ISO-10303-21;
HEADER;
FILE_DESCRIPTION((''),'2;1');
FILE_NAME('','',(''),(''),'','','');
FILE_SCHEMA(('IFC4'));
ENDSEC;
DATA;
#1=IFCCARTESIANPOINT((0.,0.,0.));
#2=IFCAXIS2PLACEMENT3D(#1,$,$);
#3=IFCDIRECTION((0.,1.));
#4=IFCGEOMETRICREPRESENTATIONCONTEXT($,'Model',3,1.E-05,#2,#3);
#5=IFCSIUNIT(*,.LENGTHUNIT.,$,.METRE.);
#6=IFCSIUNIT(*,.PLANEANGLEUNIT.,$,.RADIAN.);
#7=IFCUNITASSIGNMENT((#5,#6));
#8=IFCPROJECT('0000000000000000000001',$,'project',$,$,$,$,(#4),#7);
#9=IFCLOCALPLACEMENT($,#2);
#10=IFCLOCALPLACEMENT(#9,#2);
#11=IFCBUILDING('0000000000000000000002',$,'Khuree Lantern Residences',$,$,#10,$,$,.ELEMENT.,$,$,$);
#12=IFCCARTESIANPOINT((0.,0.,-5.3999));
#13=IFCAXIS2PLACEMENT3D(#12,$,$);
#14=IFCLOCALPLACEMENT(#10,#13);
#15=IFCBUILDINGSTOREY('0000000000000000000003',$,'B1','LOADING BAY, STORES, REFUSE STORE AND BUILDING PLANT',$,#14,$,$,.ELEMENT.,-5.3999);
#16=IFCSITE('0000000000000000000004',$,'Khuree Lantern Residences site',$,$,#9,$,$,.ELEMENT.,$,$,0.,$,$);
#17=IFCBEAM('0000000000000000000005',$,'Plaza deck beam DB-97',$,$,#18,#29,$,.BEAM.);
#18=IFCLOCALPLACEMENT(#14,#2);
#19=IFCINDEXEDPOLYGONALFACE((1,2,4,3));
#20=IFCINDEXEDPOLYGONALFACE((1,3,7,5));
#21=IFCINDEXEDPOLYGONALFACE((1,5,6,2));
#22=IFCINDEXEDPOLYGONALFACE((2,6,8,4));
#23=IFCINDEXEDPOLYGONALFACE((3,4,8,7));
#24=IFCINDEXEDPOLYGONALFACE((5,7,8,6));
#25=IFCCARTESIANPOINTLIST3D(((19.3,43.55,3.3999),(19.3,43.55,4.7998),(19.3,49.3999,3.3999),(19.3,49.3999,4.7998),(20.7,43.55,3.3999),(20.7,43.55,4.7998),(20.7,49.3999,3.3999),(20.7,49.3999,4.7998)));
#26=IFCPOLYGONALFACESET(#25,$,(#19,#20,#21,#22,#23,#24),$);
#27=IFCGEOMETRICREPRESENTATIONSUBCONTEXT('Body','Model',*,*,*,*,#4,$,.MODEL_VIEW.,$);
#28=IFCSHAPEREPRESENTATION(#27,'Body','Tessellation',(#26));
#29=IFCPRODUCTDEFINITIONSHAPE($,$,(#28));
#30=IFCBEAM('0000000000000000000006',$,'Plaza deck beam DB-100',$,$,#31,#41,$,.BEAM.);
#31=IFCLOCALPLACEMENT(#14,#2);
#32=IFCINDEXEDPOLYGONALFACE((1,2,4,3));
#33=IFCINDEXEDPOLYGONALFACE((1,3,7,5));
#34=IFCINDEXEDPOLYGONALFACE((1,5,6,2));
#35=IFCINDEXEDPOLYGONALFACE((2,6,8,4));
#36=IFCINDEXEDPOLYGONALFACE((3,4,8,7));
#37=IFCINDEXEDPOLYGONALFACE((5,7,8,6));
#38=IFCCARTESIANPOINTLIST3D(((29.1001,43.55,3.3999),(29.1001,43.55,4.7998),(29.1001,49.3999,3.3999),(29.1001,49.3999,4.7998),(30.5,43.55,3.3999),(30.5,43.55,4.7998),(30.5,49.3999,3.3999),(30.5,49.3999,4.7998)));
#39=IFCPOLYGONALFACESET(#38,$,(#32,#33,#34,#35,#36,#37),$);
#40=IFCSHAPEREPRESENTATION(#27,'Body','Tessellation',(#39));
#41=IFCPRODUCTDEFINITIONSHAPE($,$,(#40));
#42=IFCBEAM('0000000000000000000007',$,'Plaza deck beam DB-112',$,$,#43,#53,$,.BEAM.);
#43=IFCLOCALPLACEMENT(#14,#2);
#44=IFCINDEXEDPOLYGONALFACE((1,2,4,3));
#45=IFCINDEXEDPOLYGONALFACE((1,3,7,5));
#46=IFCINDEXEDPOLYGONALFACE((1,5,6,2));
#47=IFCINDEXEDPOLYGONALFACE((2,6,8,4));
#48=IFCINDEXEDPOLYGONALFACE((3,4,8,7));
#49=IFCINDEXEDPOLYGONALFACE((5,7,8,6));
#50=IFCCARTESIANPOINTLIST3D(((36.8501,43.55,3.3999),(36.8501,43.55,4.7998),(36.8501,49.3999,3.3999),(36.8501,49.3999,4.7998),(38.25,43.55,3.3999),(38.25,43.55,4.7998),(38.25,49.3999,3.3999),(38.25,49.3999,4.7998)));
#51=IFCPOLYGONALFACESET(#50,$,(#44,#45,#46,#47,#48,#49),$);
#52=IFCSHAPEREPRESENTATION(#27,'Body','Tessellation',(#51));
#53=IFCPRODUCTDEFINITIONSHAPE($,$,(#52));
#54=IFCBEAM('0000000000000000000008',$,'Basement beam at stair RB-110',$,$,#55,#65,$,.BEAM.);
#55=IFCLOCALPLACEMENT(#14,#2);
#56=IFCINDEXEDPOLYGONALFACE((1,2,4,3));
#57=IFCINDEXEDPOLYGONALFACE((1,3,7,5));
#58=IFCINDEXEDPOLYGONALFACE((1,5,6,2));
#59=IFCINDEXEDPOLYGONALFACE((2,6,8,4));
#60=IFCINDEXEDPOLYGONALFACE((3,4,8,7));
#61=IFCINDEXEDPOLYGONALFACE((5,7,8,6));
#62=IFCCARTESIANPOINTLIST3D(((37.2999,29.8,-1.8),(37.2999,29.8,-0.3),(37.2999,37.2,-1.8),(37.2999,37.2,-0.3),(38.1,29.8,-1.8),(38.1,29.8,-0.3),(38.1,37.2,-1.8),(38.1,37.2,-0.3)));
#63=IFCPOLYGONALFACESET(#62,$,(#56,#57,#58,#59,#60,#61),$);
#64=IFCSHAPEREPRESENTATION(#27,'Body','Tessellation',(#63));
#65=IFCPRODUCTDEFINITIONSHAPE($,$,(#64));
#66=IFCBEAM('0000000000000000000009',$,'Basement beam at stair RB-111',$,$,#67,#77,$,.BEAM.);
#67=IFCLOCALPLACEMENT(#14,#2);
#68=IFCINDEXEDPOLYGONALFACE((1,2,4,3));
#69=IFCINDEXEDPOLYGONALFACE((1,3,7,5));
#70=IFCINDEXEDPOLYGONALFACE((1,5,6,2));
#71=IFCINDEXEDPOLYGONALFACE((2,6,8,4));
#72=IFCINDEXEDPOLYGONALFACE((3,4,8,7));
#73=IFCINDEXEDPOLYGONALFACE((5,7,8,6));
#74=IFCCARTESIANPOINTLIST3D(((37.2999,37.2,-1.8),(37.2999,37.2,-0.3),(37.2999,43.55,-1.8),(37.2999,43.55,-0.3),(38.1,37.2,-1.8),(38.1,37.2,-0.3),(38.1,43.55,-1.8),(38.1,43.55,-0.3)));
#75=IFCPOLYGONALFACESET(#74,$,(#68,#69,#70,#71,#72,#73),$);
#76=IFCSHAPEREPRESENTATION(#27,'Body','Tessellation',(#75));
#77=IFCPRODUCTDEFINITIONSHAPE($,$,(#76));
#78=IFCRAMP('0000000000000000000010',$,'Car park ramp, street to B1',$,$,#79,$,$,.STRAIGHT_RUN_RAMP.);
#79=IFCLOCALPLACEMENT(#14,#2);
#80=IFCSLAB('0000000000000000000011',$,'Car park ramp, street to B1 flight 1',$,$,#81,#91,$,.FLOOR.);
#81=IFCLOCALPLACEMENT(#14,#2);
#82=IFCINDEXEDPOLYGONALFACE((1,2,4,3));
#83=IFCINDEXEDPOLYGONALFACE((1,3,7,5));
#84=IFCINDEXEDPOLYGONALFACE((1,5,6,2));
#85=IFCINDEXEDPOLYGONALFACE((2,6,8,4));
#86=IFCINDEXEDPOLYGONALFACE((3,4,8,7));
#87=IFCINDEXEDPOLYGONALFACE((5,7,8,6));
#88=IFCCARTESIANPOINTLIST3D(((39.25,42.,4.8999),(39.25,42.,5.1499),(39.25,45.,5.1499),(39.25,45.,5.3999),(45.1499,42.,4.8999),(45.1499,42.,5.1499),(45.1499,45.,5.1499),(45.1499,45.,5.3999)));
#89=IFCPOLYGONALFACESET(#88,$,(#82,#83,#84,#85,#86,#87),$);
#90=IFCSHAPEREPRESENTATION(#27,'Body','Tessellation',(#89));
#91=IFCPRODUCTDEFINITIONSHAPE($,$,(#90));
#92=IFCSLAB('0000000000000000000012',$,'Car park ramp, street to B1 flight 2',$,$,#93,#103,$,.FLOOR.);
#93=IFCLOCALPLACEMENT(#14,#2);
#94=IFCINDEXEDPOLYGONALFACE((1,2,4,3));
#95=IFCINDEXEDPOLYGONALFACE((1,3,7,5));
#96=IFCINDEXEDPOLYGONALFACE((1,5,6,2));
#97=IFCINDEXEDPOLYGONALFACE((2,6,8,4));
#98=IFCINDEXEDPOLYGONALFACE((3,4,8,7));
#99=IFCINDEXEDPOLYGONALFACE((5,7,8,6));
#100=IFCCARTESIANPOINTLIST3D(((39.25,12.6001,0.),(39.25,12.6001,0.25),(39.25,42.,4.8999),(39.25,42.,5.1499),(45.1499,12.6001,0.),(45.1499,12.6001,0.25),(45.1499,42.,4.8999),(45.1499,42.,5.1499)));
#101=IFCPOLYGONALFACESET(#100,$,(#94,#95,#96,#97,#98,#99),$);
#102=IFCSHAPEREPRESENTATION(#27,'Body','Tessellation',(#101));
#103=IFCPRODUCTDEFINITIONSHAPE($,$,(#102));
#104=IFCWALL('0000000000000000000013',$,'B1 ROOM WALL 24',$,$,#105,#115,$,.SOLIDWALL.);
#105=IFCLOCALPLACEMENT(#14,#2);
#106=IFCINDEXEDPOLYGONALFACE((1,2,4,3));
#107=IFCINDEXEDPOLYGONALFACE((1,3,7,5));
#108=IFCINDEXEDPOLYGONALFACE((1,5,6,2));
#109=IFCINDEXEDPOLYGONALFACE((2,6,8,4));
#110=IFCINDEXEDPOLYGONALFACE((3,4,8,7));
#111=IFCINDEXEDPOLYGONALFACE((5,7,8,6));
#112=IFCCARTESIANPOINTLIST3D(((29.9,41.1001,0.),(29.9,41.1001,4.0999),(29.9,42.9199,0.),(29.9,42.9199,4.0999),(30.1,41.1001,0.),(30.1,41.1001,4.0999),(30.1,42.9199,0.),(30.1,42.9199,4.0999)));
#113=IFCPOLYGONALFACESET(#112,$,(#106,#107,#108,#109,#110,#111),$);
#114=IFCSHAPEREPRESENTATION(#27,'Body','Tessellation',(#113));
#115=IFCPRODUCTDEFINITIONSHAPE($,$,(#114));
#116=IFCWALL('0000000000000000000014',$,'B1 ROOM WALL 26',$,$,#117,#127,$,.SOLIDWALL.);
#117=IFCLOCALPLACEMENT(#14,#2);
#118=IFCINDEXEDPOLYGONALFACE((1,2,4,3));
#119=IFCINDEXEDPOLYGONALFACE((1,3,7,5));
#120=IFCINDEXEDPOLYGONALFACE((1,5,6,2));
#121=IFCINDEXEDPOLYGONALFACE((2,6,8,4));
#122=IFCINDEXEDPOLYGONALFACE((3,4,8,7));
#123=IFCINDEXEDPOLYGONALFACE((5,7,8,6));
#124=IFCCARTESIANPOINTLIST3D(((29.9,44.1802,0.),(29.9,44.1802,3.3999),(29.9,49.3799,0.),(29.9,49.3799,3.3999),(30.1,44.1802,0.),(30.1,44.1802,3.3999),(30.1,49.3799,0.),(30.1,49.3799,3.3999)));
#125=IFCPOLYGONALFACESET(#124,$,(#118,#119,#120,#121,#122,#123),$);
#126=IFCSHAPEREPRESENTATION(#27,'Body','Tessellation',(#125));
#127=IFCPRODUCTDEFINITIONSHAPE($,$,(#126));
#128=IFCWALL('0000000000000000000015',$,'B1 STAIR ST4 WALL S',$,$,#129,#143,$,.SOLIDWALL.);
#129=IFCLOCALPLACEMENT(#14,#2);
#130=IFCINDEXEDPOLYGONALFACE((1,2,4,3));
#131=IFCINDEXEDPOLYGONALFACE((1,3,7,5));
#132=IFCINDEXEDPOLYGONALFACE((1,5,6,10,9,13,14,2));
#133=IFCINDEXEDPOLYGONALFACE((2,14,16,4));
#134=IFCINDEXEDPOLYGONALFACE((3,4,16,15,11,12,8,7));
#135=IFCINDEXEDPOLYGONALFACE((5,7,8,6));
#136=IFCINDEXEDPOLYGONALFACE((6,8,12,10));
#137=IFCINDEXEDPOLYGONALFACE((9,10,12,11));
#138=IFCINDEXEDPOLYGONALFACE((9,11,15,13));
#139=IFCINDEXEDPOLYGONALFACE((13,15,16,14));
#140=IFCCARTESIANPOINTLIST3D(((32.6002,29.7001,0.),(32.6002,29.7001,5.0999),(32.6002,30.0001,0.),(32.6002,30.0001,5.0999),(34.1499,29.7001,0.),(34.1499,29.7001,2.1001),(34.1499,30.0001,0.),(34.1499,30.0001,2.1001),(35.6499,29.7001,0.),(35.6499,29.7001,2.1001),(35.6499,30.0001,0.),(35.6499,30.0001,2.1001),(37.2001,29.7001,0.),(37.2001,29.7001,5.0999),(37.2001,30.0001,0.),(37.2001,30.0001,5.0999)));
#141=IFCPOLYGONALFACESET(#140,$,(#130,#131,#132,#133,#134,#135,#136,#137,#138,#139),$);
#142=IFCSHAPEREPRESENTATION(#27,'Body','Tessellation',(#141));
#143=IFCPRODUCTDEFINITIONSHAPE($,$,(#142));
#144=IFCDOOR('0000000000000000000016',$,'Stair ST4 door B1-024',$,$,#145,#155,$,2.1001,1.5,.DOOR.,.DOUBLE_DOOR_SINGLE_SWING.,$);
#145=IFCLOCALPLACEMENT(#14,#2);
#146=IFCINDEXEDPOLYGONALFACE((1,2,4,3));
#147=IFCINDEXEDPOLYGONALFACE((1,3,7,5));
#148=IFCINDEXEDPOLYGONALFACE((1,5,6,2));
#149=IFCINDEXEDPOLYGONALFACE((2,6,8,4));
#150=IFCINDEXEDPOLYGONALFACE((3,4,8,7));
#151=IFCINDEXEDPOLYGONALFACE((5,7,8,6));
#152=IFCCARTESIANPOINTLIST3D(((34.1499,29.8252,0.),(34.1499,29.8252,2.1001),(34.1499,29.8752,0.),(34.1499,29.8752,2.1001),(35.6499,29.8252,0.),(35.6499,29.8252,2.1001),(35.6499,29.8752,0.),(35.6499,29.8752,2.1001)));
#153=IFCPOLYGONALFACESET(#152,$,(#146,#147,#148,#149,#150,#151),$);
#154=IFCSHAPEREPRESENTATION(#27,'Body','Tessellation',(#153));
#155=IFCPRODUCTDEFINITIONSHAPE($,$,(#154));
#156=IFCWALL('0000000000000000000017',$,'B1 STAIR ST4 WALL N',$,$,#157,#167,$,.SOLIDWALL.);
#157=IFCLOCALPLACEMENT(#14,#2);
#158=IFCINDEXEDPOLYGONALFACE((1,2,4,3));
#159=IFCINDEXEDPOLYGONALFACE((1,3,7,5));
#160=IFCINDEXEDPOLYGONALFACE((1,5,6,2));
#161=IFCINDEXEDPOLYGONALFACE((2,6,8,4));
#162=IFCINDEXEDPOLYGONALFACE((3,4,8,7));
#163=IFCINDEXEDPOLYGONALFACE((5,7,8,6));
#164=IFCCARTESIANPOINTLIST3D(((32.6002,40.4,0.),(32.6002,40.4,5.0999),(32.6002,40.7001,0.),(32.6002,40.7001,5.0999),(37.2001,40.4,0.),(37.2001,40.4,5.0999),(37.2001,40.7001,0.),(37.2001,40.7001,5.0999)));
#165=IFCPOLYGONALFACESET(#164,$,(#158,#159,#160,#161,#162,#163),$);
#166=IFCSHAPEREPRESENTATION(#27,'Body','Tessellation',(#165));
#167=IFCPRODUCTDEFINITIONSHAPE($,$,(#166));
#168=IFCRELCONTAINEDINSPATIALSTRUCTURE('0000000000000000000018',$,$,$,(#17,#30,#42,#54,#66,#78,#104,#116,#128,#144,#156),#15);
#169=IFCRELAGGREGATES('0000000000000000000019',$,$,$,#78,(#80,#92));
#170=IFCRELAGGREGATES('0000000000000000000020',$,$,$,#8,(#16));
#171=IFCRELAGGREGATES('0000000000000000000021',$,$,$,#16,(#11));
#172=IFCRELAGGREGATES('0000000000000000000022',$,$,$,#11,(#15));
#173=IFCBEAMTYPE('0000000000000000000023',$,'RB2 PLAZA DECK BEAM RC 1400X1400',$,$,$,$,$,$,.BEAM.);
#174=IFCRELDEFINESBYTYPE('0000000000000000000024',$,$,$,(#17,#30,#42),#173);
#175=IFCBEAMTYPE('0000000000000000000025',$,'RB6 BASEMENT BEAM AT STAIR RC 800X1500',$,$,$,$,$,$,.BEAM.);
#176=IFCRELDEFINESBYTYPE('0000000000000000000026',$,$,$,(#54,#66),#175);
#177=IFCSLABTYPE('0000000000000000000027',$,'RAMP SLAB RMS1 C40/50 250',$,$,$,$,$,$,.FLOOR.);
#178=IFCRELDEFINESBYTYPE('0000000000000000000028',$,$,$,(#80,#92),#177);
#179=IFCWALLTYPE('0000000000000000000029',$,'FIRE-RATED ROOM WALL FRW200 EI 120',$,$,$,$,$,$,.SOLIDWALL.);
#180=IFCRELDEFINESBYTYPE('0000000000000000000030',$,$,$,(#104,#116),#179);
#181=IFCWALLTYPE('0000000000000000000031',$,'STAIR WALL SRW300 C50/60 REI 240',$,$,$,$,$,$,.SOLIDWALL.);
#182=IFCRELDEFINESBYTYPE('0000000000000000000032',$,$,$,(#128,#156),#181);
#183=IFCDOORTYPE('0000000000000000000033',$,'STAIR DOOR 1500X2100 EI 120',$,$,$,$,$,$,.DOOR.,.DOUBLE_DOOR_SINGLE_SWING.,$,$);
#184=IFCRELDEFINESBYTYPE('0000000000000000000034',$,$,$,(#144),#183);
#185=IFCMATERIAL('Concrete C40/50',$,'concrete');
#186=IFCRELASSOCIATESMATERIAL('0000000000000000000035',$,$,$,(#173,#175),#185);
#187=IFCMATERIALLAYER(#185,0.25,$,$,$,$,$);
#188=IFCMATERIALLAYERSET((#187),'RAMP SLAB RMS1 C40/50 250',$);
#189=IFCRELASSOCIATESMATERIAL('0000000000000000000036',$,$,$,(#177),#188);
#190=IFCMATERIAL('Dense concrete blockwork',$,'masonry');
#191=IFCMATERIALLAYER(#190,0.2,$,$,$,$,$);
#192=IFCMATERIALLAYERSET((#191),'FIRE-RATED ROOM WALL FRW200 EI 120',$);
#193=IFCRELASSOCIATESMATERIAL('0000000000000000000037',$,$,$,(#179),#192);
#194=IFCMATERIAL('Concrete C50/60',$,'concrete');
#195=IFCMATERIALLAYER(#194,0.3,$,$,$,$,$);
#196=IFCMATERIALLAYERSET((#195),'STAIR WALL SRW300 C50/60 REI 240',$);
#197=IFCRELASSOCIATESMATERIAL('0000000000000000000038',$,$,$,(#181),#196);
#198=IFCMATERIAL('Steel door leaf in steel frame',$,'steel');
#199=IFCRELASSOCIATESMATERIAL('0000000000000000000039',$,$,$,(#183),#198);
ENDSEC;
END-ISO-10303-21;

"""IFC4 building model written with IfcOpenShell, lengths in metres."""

from ifc_helpers import new_model, si_unit, direction, frame, frame_2d, origin, origin_2d, place, context, subcontext, project, spatial, polyline, rectangle, outline, extrude, material, layer, layer_set, material_profile, profile_set, type_object, element, fill, aggregate, save


model = new_model("IFC4")

# Units and contexts
model_context = context("Model", 3, precision=1e-05, world=origin(), true_north=direction((0.0, 1.0)))
body_context = subcontext(model_context, "Body", "Model", "MODEL_VIEW")
ifc_project = project(units=[si_unit("LENGTHUNIT", "METRE"), si_unit("PLANEANGLEUNIT", "RADIAN")], contexts=[model_context])

# Site, building, storey
site_placement = place(None, origin())
site = spatial("IfcSite", under=ifc_project, at=site_placement, Name="Khuree Lantern Residences site", CompositionType="ELEMENT", RefElevation=0.0)
building_placement = place(site_placement, origin())
building = spatial("IfcBuilding", under=site, at=building_placement, Name="Khuree Lantern Residences", CompositionType="ELEMENT")
storey_placement = place(building_placement, frame((0.0, 0.0, -5.3999)))
storey = spatial("IfcBuildingStorey", under=building, at=storey_placement, Name="B1", Description="LOADING BAY, STORES, REFUSE STORE AND BUILDING PLANT", CompositionType="ELEMENT", Elevation=-5.3999)

# Beams
ifc_material_1 = material(Name="Concrete C40/50", Category="concrete")
ifc_material_profile_1 = material_profile(ifc_material_1, rectangle(XDim=1.3999, YDim=1.3999, at=origin_2d()), Name="RC 1400X1400")
ifc_profile_set_1 = profile_set([ifc_material_profile_1], Name="Concrete C40/50")
beam_type_1 = type_object("IfcBeamType", Name="RB2 PLAZA DECK BEAM RC 1400X1400", PredefinedType="BEAM", material=ifc_profile_set_1)
for number, where, z_axis, x_axis, name in (
    (1, (20.0, 43.55, 4.0999), (0.0, 1.0, 0.0), (-1.0, 0.0, 0.0), "Plaza deck beam DB-97"),
    (2, (29.8, 43.55, 4.0999), (0.0, 1.0, 0.0), (-1.0, 0.0, 0.0), "Plaza deck beam DB-100"),
    (3, (37.55, 43.55, 4.0999), (0.0, 1.0, 0.0), (-1.0, 0.0, 0.0), "Plaza deck beam DB-112"),
):
    element("IfcBeam", number, at=place(storey_placement, frame(where, z_axis=z_axis, x_axis=x_axis)), inside=storey, type_object=beam_type_1, Name=name, PredefinedType="BEAM", context=body_context, shape_type="SweptSolid", body=[
        extrude(rectangle(XDim=1.3999, YDim=1.3999, at=origin_2d()), origin(), (0.0, 0.0, 1.0), 5.8499),
    ])
ifc_material_profile_2 = material_profile(ifc_material_1, rectangle(XDim=0.8, YDim=1.5, at=origin_2d()), Name="RC 800X1500")
ifc_profile_set_2 = profile_set([ifc_material_profile_2], Name="Concrete C40/50")
beam_type_2 = type_object("IfcBeamType", Name="RB6 BASEMENT BEAM AT STAIR RC 800X1500", PredefinedType="BEAM", material=ifc_profile_set_2)
beam_1_placement = place(storey_placement, frame((37.7, 29.8, -1.05), z_axis=(0.0, 1.0, 0.0), x_axis=(-1.0, 0.0, 0.0)))
element("IfcBeam", 4, at=beam_1_placement, inside=storey, type_object=beam_type_2, Name="Basement beam at stair RB-110", PredefinedType="BEAM", context=body_context, shape_type="SweptSolid", body=[
    extrude(rectangle(XDim=0.8, YDim=1.5, at=origin_2d()), origin(), (0.0, 0.0, 1.0), 7.3999),
])
beam_2_placement = place(storey_placement, frame((37.7, 37.2, -1.05), z_axis=(0.0, 1.0, 0.0), x_axis=(-1.0, 0.0, 0.0)))
element("IfcBeam", 5, at=beam_2_placement, inside=storey, type_object=beam_type_2, Name="Basement beam at stair RB-111", PredefinedType="BEAM", context=body_context, shape_type="SweptSolid", body=[
    extrude(rectangle(XDim=0.8, YDim=1.5, at=origin_2d()), origin(), (0.0, 0.0, 1.0), 6.3501),
])

# Ramp, slabs
ramp_placement = place(storey_placement, origin())
ramp = element("IfcRamp", 6, at=ramp_placement, inside=storey, Name="Car park ramp, street to B1", PredefinedType="STRAIGHT_RUN_RAMP")
ifc_layer_1 = layer(ifc_material_1, 0.25)
ifc_layer_set_1 = layer_set([ifc_layer_1], Name="RAMP SLAB RMS1 C40/50 250")
slab_type = type_object("IfcSlabType", Name="RAMP SLAB RMS1 C40/50 250", PredefinedType="FLOOR", material=ifc_layer_set_1)
slab_1_placement = place(storey_placement, frame((39.25, 45.0, 5.3999), z_axis=(0.0, -0.083045, 0.996546), x_axis=(1.0, 0.0, 0.0)))
slab_1 = element("IfcSlab", 7, at=slab_1_placement, type_object=slab_type, Name="Car park ramp, street to B1 flight 1", PredefinedType="FLOOR", context=body_context, shape_type="SweptSolid", body=[
    extrude(outline(polyline([(0.0, 0.0), (5.8999, 0.0), (5.8999, -3.0104), (0.0, -3.0104), (0.0, 0.0)])), origin(), (0.0, -0.083045, -0.996546), 0.25),
])
slab_2_placement = place(storey_placement, frame((39.25, 42.0, 5.1499), z_axis=(0.0, -0.164396, 0.986394), x_axis=(1.0, 0.0, 0.0)))
slab_2 = element("IfcSlab", 8, at=slab_2_placement, type_object=slab_type, Name="Car park ramp, street to B1 flight 2", PredefinedType="FLOOR", context=body_context, shape_type="SweptSolid", body=[
    extrude(outline(polyline([(0.0, 0.0), (5.8999, 0.0), (5.8999, -29.8054), (0.0, -29.8054), (0.0, 0.0)])), origin(), (0.0, -0.164396, -0.986394), 0.25),
])
aggregate(ramp, [slab_1, slab_2])

# Walls
ifc_material_2 = material(Name="Dense concrete blockwork", Category="masonry")
ifc_layer_2 = layer(ifc_material_2, 0.2)
ifc_layer_set_2 = layer_set([ifc_layer_2], Name="FIRE-RATED ROOM WALL FRW200 EI 120")
wall_type_1 = type_object("IfcWallType", Name="FIRE-RATED ROOM WALL FRW200 EI 120", PredefinedType="SOLIDWALL", material=ifc_layer_set_2)
wall_1_placement = place(storey_placement, frame((30.0, 41.1001, 0.0), z_axis=(0.0, 0.0, 1.0), x_axis=(0.0, 1.0, 0.0)))
element("IfcWall", 9, at=wall_1_placement, inside=storey, type_object=wall_type_1, Name="B1 ROOM WALL 24", PredefinedType="SOLIDWALL", context=body_context, shape_type="SweptSolid", body=[
    extrude(rectangle(XDim=1.8198, YDim=0.2, at=frame_2d((0.9099, 0.0))), origin(), (0.0, 0.0, 1.0), 4.0999),
])
wall_2_placement = place(storey_placement, frame((30.0, 44.1802, 0.0), z_axis=(0.0, 0.0, 1.0), x_axis=(0.0, 1.0, 0.0)))
element("IfcWall", 10, at=wall_2_placement, inside=storey, type_object=wall_type_1, Name="B1 ROOM WALL 26", PredefinedType="SOLIDWALL", context=body_context, shape_type="SweptSolid", body=[
    extrude(rectangle(XDim=5.1997, YDim=0.2, at=frame_2d((2.5999, 0.0))), origin(), (0.0, 0.0, 1.0), 3.3999),
])

# Wall, opening, door
ifc_material_3 = material(Name="Concrete C50/60", Category="concrete")
ifc_layer_3 = layer(ifc_material_3, 0.3)
ifc_layer_set_3 = layer_set([ifc_layer_3], Name="STAIR WALL SRW300 C50/60 REI 240")
wall_type_2 = type_object("IfcWallType", Name="STAIR WALL SRW300 C50/60 REI 240", PredefinedType="SOLIDWALL", material=ifc_layer_set_3)
wall_3_placement = place(storey_placement, frame((37.2, 29.8501, 0.0), z_axis=(0.0, 0.0, 1.0), x_axis=(-1.0, 0.0, 0.0)))
wall_3 = element("IfcWall", 11, at=wall_3_placement, inside=storey, type_object=wall_type_2, Name="B1 STAIR ST4 WALL S", PredefinedType="SOLIDWALL", context=body_context, shape_type="SweptSolid", body=[
    extrude(rectangle(XDim=4.5999, YDim=0.3, at=frame_2d((2.2998, 0.0))), origin(), (0.0, 0.0, 1.0), 5.0999),
])
opening_placement = place(wall_3_placement, frame((1.55, 0.0, 0.0)))
opening = element("IfcOpeningElement", 12, at=opening_placement, cuts=wall_3, PredefinedType="OPENING", context=body_context, shape_type="SweptSolid", body=[
    extrude(rectangle(XDim=1.5, YDim=2.1001, at=frame_2d((0.75, 1.05))), frame((0.0, 0.1602, 0.0), z_axis=(0.0, -1.0, 0.0), x_axis=(1.0, 0.0, 0.0)), (0.0, 0.0, 1.0), 0.3201),
])
ifc_material_4 = material(Name="Steel door leaf in steel frame", Category="steel")
door_type = type_object("IfcDoorType", Name="STAIR DOOR 1500X2100 EI 120", OperationType="DOUBLE_DOOR_SINGLE_SWING", PredefinedType="DOOR", material=ifc_material_4)
door_placement = place(opening_placement, origin())
door = element("IfcDoor", 13, at=door_placement, inside=storey, type_object=door_type, Name="Stair ST4 door B1-024", OperationType="DOUBLE_DOOR_SINGLE_SWING", OverallHeight=2.1001, OverallWidth=1.5, PredefinedType="DOOR", context=body_context, shape_type="SweptSolid", body=[
    extrude(rectangle(XDim=1.5, YDim=2.1001, at=frame_2d((0.75, 1.05))), frame((0.0, 0.0249, 0.0), z_axis=(0.0, -1.0, 0.0), x_axis=(1.0, 0.0, 0.0)), (0.0, 0.0, 1.0), 0.05),
])
fill(opening, door)

# Wall
wall_4_placement = place(storey_placement, frame((37.2, 40.55, 0.0), z_axis=(0.0, 0.0, 1.0), x_axis=(-1.0, 0.0, 0.0)))
element("IfcWall", 14, at=wall_4_placement, inside=storey, type_object=wall_type_2, Name="B1 STAIR ST4 WALL N", PredefinedType="SOLIDWALL", context=body_context, shape_type="SweptSolid", body=[
    extrude(rectangle(XDim=4.5999, YDim=0.3, at=frame_2d((2.2998, 0.0))), origin(), (0.0, 0.0, 1.0), 5.0999),
])

save(model, "model.ifc")
